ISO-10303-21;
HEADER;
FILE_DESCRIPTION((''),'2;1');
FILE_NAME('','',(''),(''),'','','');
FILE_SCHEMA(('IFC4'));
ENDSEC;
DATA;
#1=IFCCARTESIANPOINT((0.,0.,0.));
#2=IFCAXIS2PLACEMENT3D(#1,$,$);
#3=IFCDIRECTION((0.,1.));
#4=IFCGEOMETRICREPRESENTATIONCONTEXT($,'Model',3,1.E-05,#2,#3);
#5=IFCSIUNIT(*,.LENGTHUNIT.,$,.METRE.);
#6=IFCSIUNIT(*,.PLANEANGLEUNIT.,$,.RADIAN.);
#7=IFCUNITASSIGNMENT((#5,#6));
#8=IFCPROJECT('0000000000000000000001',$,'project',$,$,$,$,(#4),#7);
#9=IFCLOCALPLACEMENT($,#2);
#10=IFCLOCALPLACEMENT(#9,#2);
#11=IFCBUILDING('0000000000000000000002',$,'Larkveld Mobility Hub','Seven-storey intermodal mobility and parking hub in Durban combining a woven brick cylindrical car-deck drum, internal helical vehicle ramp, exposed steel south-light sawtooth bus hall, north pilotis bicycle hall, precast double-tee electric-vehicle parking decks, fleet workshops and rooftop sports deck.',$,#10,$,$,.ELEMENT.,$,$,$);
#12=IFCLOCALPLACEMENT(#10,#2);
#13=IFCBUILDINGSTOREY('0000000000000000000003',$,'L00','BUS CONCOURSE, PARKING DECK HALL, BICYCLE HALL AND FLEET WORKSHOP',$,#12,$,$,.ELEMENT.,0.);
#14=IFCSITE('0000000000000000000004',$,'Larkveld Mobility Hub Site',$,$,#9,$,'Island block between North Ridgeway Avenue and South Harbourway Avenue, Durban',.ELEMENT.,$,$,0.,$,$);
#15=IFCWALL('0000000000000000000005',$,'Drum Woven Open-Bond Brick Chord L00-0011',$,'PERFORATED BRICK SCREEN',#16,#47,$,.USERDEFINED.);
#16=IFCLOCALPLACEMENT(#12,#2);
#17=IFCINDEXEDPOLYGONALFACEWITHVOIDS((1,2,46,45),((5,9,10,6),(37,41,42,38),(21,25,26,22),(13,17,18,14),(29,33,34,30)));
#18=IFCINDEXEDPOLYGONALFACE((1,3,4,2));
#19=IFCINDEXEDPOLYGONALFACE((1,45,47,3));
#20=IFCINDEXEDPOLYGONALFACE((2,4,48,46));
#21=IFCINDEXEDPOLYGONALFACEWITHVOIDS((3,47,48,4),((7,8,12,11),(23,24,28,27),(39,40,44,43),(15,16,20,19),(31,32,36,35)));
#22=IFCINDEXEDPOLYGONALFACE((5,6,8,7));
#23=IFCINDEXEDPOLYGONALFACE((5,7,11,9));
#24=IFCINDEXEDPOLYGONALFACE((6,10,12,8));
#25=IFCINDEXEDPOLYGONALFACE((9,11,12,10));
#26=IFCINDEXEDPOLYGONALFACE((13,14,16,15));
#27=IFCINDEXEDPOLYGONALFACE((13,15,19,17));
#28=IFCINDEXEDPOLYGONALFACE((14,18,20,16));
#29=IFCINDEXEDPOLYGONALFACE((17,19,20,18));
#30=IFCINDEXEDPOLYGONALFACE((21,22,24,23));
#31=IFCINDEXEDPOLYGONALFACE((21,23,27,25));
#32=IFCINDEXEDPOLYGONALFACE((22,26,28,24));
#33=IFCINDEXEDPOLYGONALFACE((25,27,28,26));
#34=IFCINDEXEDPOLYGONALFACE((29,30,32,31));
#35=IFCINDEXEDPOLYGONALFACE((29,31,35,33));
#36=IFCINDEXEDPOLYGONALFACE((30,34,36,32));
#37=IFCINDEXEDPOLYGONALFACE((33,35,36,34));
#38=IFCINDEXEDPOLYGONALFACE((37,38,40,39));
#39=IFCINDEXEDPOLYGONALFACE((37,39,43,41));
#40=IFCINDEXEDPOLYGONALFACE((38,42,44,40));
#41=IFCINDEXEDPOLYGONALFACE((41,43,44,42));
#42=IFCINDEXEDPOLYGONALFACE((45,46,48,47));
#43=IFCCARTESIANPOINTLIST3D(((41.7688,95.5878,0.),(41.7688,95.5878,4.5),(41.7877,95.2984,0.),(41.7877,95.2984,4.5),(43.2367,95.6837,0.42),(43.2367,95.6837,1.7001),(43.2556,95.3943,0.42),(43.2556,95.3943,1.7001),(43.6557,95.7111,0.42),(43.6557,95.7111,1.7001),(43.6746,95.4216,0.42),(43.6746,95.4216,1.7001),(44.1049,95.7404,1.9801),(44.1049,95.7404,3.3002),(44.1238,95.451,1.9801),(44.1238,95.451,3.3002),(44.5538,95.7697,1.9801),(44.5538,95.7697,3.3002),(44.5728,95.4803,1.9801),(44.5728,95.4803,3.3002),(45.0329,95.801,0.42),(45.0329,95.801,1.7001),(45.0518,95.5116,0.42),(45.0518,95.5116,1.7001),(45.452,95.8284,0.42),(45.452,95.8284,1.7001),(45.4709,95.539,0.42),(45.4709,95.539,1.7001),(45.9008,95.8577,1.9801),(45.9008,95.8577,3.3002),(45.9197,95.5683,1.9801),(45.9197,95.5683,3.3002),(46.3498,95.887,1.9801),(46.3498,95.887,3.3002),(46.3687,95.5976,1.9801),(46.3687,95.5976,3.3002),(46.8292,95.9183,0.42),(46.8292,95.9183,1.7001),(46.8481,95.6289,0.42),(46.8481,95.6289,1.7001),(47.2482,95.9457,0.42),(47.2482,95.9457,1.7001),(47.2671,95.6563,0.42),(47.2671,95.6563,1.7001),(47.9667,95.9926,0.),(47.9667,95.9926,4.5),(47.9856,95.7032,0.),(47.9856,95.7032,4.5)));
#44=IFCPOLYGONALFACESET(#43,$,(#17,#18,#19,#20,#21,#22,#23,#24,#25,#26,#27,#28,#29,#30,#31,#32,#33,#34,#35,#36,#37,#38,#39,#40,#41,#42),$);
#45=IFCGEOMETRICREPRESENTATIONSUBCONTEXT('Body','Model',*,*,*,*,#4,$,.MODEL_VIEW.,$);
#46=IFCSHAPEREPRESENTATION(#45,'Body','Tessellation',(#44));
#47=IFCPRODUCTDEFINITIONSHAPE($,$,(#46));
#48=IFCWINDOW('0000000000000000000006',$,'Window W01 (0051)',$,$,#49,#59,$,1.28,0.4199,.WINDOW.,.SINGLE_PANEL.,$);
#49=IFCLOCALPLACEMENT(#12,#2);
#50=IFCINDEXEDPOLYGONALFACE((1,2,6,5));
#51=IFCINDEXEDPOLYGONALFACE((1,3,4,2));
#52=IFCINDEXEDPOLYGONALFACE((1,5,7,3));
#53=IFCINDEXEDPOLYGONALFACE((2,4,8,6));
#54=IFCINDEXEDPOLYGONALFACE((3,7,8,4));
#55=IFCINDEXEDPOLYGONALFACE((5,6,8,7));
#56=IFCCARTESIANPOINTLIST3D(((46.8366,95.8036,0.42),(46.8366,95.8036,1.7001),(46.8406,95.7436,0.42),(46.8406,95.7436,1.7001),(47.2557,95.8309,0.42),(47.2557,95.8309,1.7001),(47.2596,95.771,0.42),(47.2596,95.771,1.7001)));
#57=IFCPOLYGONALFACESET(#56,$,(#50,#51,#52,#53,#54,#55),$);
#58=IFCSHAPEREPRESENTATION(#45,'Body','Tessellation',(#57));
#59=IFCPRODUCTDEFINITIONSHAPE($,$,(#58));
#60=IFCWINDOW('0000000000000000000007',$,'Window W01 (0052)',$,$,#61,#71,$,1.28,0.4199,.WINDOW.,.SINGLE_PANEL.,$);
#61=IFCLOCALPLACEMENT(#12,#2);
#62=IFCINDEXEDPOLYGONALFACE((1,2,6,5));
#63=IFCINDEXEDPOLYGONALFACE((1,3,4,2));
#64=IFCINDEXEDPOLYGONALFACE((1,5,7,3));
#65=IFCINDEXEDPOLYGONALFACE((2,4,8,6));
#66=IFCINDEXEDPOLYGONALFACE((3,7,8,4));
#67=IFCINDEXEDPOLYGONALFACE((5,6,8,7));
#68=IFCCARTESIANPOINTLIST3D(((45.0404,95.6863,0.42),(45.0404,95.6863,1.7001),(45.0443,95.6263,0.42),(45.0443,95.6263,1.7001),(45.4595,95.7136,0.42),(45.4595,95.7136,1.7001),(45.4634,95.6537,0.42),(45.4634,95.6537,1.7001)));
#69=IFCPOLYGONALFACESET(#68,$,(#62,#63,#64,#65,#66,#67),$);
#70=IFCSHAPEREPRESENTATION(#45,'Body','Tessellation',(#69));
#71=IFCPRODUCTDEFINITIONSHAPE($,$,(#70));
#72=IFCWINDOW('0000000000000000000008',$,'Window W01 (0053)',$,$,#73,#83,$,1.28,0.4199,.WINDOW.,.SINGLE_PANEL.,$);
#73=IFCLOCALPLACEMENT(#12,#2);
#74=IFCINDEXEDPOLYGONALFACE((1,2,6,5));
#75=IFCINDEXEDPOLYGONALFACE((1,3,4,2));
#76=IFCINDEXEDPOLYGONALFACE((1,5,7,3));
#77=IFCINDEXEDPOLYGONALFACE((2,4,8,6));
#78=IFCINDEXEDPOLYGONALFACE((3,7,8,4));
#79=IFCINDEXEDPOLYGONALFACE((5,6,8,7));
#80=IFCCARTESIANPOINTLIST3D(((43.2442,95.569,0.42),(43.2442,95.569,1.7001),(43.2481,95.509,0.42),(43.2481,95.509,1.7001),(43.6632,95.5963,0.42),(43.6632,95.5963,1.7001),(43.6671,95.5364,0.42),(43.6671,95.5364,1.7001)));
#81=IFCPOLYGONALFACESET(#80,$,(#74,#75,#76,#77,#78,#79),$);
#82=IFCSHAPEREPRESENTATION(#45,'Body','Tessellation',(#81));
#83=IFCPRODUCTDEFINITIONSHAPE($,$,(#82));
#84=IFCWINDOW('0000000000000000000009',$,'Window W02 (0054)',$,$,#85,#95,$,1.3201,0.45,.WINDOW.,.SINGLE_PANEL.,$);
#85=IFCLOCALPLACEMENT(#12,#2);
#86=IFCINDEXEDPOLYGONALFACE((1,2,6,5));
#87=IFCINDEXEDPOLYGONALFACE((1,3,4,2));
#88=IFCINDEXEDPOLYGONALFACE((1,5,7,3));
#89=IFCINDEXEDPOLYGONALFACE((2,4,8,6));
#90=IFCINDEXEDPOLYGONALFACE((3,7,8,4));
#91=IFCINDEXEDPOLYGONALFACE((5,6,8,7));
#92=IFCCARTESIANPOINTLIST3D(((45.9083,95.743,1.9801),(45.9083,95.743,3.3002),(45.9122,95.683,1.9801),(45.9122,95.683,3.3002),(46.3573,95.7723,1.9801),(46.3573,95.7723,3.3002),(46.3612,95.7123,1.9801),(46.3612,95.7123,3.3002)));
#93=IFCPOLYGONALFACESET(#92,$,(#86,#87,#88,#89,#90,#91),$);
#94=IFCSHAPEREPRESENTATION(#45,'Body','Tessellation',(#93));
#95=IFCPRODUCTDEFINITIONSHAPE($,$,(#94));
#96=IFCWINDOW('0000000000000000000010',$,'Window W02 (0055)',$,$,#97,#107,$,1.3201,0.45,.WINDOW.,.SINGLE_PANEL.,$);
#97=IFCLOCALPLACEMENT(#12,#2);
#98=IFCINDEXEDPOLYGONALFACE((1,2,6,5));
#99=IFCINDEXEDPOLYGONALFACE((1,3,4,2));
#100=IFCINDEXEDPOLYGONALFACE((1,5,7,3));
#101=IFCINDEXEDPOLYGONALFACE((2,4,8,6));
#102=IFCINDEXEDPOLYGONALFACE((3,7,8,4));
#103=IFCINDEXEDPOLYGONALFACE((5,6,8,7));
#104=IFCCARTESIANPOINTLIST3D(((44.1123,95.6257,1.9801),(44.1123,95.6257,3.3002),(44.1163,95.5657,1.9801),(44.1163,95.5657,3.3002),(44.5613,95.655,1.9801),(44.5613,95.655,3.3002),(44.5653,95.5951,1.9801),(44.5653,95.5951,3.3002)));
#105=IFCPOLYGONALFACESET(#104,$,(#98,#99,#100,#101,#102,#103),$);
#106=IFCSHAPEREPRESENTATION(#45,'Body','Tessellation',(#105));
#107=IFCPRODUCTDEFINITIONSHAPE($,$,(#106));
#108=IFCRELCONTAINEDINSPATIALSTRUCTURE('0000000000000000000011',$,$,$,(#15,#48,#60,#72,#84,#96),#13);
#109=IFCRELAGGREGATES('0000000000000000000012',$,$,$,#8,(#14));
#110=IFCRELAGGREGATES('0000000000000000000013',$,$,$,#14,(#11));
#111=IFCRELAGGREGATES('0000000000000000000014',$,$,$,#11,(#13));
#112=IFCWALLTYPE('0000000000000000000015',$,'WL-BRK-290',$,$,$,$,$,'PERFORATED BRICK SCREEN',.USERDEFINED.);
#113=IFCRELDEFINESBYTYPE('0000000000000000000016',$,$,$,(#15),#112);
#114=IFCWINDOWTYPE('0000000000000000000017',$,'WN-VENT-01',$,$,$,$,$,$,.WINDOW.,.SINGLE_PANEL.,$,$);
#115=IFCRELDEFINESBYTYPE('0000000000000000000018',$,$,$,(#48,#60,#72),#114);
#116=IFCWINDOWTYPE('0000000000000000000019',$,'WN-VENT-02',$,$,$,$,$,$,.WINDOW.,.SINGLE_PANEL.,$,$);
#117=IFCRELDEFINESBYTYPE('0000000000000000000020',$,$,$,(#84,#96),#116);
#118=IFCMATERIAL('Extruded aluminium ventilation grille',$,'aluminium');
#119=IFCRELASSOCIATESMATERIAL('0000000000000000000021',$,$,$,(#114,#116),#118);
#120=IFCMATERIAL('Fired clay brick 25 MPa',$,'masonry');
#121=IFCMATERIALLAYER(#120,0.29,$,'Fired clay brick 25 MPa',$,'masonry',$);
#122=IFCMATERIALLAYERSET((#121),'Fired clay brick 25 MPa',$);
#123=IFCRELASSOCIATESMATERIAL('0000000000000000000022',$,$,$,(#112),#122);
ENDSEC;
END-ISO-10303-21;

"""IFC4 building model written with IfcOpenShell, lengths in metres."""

from ifc_helpers import new_model, si_unit, direction, frame, frame_2d, origin, place, context, subcontext, project, spatial, rectangle, extrude, material, layer, layer_set, type_object, element, fill, save


model = new_model("IFC4")

# Units and contexts
model_context = context("Model", 3, precision=1e-05, world=origin(), true_north=direction((0.0, 1.0)))
body_context = subcontext(model_context, "Body", "Model", "MODEL_VIEW")
ifc_project = project(units=[si_unit("LENGTHUNIT", "METRE"), si_unit("PLANEANGLEUNIT", "RADIAN")], contexts=[model_context])

# Site, building, storey
site_placement = place(None, origin())
site = spatial("IfcSite", under=ifc_project, at=site_placement, Name="Larkveld Mobility Hub Site", LongName="Island block between North Ridgeway Avenue and South Harbourway Avenue, Durban", CompositionType="ELEMENT", RefElevation=0.0)
building_placement = place(site_placement, origin())
building = spatial("IfcBuilding", under=site, at=building_placement, Name="Larkveld Mobility Hub", Description="Seven-storey intermodal mobility and parking hub in Durban combining a woven brick cylindrical car-deck drum, internal helical vehicle ramp, exposed steel south-light sawtooth bus hall, north pilotis bicycle hall, precast double-tee electric-vehicle parking decks, fleet workshops and rooftop sports deck.", CompositionType="ELEMENT")
storey_placement = place(building_placement, origin())
storey = spatial("IfcBuildingStorey", under=building, at=storey_placement, Name="L00", Description="BUS CONCOURSE, PARKING DECK HALL, BICYCLE HALL AND FLEET WORKSHOP", CompositionType="ELEMENT", Elevation=0.0)

# Wall, openings, windows
ifc_material_1 = material(Name="Fired clay brick 25 MPa", Category="masonry")
ifc_material_2 = material(Name="Extruded aluminium ventilation grille", Category="aluminium")
window_type_1 = type_object("IfcWindowType", Name="WN-VENT-01", PartitioningType="SINGLE_PANEL", PredefinedType="WINDOW", material=ifc_material_2)
ifc_layer_1 = layer(ifc_material_1, 0.29, Name="Fired clay brick 25 MPa", Category="masonry")
ifc_layer_set_1 = layer_set([ifc_layer_1], Name="Fired clay brick 25 MPa")
wall_type_1 = type_object("IfcWallType", Name="WL-BRK-290", ElementType="PERFORATED BRICK SCREEN", PredefinedType="USERDEFINED", material=ifc_layer_set_1)
wall_1_placement = place(storey_placement, frame((47.9761, 95.8479, 0.0), z_axis=(0.0, 0.0, 1.0), x_axis=(-0.997874, -0.06517, 0.0)))
wall_1 = element("IfcWall", 1, at=wall_1_placement, inside=storey, type_object=wall_type_1, Name="Drum Woven Open-Bond Brick Chord L00-0011", ObjectType="PERFORATED BRICK SCREEN", PredefinedType="USERDEFINED", context=body_context, shape_type="SweptSolid", body=[
    extrude(rectangle(XDim=6.2112, YDim=0.29, at=frame_2d((3.1055, 0.0))), origin(), (0.0, 0.0, 1.0), 4.5),
])
opening_1_placement = place(wall_1_placement, frame((0.72, 0.0, 0.4199)))
opening_1 = element("IfcOpeningElement", 2, at=opening_1_placement, cuts=wall_1, PredefinedType="OPENING", context=body_context, shape_type="SweptSolid", body=[
    extrude(rectangle(XDim=0.4199, YDim=1.28, at=frame_2d((0.21, 0.6401))), frame((0.0, 0.155, 0.0), z_axis=(0.0, -1.0, 0.0), x_axis=(1.0, 0.0, 0.0)), (0.0, 0.0, 1.0), 0.3101),
])
opening_2_placement = place(wall_1_placement, frame((2.52, 0.0, 0.4199)))
opening_2 = element("IfcOpeningElement", 3, at=opening_2_placement, cuts=wall_1, PredefinedType="OPENING", context=body_context, shape_type="SweptSolid", body=[
    extrude(rectangle(XDim=0.4199, YDim=1.28, at=frame_2d((0.21, 0.6401))), frame((0.0, 0.155, 0.0), z_axis=(0.0, -1.0, 0.0), x_axis=(1.0, 0.0, 0.0)), (0.0, 0.0, 1.0), 0.3101),
])
opening_3_placement = place(wall_1_placement, frame((4.3201, 0.0, 0.4199)))
opening_3 = element("IfcOpeningElement", 4, at=opening_3_placement, cuts=wall_1, PredefinedType="OPENING", context=body_context, shape_type="SweptSolid", body=[
    extrude(rectangle(XDim=0.4199, YDim=1.28, at=frame_2d((0.21, 0.6401))), frame((0.0, 0.155, 0.0), z_axis=(0.0, -1.0, 0.0), x_axis=(1.0, 0.0, 0.0)), (0.0, 0.0, 1.0), 0.3101),
])
opening_4_placement = place(wall_1_placement, frame((1.6201, 0.0, 1.98)))
opening_4 = element("IfcOpeningElement", 5, at=opening_4_placement, cuts=wall_1, PredefinedType="OPENING", context=body_context, shape_type="SweptSolid", body=[
    extrude(rectangle(XDim=0.45, YDim=1.3201, at=frame_2d((0.2251, 0.6602))), frame((0.0, 0.155, 0.0), z_axis=(0.0, -1.0, 0.0), x_axis=(1.0, 0.0, 0.0)), (0.0, 0.0, 1.0), 0.3101),
])
opening_5_placement = place(wall_1_placement, frame((3.4199, 0.0, 1.98)))
opening_5 = element("IfcOpeningElement", 6, at=opening_5_placement, cuts=wall_1, PredefinedType="OPENING", context=body_context, shape_type="SweptSolid", body=[
    extrude(rectangle(XDim=0.45, YDim=1.3201, at=frame_2d((0.2251, 0.6602))), frame((0.0, 0.155, 0.0), z_axis=(0.0, -1.0, 0.0), x_axis=(1.0, 0.0, 0.0)), (0.0, 0.0, 1.0), 0.3101),
])
window_1_placement = place(opening_1_placement, origin())
window_1 = element("IfcWindow", 7, at=window_1_placement, inside=storey, type_object=window_type_1, Name="Window W01 (0051)", OverallHeight=1.28, OverallWidth=0.4199, PartitioningType="SINGLE_PANEL", PredefinedType="WINDOW", context=body_context, shape_type="SweptSolid", body=[
    extrude(rectangle(XDim=0.4199, YDim=1.28, at=frame_2d((0.21, 0.6401))), frame((0.0, 0.03, 0.0), z_axis=(0.0, -1.0, 0.0), x_axis=(1.0, 0.0, 0.0)), (0.0, 0.0, 1.0), 0.0601),
])
fill(opening_1, window_1)
window_2_placement = place(opening_2_placement, origin())
window_2 = element("IfcWindow", 8, at=window_2_placement, inside=storey, type_object=window_type_1, Name="Window W01 (0052)", OverallHeight=1.28, OverallWidth=0.4199, PartitioningType="SINGLE_PANEL", PredefinedType="WINDOW", context=body_context, shape_type="SweptSolid", body=[
    extrude(rectangle(XDim=0.4199, YDim=1.28, at=frame_2d((0.21, 0.6401))), frame((0.0, 0.03, 0.0), z_axis=(0.0, -1.0, 0.0), x_axis=(1.0, 0.0, 0.0)), (0.0, 0.0, 1.0), 0.0601),
])
fill(opening_2, window_2)
window_3_placement = place(opening_3_placement, origin())
window_3 = element("IfcWindow", 9, at=window_3_placement, inside=storey, type_object=window_type_1, Name="Window W01 (0053)", OverallHeight=1.28, OverallWidth=0.4199, PartitioningType="SINGLE_PANEL", PredefinedType="WINDOW", context=body_context, shape_type="SweptSolid", body=[
    extrude(rectangle(XDim=0.4199, YDim=1.28, at=frame_2d((0.21, 0.6401))), frame((0.0, 0.03, 0.0), z_axis=(0.0, -1.0, 0.0), x_axis=(1.0, 0.0, 0.0)), (0.0, 0.0, 1.0), 0.0601),
])
fill(opening_3, window_3)
window_type_2 = type_object("IfcWindowType", Name="WN-VENT-02", PartitioningType="SINGLE_PANEL", PredefinedType="WINDOW", material=ifc_material_2)
window_4_placement = place(opening_4_placement, origin())
window_4 = element("IfcWindow", 10, at=window_4_placement, inside=storey, type_object=window_type_2, Name="Window W02 (0054)", OverallHeight=1.3201, OverallWidth=0.45, PartitioningType="SINGLE_PANEL", PredefinedType="WINDOW", context=body_context, shape_type="SweptSolid", body=[
    extrude(rectangle(XDim=0.45, YDim=1.3201, at=frame_2d((0.2251, 0.6602))), frame((0.0, 0.03, 0.0), z_axis=(0.0, -1.0, 0.0), x_axis=(1.0, 0.0, 0.0)), (0.0, 0.0, 1.0), 0.0601),
])
fill(opening_4, window_4)
window_5_placement = place(opening_5_placement, origin())
window_5 = element("IfcWindow", 11, at=window_5_placement, inside=storey, type_object=window_type_2, Name="Window W02 (0055)", OverallHeight=1.3201, OverallWidth=0.45, PartitioningType="SINGLE_PANEL", PredefinedType="WINDOW", context=body_context, shape_type="SweptSolid", body=[
    extrude(rectangle(XDim=0.45, YDim=1.3201, at=frame_2d((0.2251, 0.6602))), frame((0.0, 0.03, 0.0), z_axis=(0.0, -1.0, 0.0), x_axis=(1.0, 0.0, 0.0)), (0.0, 0.0, 1.0), 0.0601),
])
fill(opening_5, window_5)

save(model, "model.ifc")
